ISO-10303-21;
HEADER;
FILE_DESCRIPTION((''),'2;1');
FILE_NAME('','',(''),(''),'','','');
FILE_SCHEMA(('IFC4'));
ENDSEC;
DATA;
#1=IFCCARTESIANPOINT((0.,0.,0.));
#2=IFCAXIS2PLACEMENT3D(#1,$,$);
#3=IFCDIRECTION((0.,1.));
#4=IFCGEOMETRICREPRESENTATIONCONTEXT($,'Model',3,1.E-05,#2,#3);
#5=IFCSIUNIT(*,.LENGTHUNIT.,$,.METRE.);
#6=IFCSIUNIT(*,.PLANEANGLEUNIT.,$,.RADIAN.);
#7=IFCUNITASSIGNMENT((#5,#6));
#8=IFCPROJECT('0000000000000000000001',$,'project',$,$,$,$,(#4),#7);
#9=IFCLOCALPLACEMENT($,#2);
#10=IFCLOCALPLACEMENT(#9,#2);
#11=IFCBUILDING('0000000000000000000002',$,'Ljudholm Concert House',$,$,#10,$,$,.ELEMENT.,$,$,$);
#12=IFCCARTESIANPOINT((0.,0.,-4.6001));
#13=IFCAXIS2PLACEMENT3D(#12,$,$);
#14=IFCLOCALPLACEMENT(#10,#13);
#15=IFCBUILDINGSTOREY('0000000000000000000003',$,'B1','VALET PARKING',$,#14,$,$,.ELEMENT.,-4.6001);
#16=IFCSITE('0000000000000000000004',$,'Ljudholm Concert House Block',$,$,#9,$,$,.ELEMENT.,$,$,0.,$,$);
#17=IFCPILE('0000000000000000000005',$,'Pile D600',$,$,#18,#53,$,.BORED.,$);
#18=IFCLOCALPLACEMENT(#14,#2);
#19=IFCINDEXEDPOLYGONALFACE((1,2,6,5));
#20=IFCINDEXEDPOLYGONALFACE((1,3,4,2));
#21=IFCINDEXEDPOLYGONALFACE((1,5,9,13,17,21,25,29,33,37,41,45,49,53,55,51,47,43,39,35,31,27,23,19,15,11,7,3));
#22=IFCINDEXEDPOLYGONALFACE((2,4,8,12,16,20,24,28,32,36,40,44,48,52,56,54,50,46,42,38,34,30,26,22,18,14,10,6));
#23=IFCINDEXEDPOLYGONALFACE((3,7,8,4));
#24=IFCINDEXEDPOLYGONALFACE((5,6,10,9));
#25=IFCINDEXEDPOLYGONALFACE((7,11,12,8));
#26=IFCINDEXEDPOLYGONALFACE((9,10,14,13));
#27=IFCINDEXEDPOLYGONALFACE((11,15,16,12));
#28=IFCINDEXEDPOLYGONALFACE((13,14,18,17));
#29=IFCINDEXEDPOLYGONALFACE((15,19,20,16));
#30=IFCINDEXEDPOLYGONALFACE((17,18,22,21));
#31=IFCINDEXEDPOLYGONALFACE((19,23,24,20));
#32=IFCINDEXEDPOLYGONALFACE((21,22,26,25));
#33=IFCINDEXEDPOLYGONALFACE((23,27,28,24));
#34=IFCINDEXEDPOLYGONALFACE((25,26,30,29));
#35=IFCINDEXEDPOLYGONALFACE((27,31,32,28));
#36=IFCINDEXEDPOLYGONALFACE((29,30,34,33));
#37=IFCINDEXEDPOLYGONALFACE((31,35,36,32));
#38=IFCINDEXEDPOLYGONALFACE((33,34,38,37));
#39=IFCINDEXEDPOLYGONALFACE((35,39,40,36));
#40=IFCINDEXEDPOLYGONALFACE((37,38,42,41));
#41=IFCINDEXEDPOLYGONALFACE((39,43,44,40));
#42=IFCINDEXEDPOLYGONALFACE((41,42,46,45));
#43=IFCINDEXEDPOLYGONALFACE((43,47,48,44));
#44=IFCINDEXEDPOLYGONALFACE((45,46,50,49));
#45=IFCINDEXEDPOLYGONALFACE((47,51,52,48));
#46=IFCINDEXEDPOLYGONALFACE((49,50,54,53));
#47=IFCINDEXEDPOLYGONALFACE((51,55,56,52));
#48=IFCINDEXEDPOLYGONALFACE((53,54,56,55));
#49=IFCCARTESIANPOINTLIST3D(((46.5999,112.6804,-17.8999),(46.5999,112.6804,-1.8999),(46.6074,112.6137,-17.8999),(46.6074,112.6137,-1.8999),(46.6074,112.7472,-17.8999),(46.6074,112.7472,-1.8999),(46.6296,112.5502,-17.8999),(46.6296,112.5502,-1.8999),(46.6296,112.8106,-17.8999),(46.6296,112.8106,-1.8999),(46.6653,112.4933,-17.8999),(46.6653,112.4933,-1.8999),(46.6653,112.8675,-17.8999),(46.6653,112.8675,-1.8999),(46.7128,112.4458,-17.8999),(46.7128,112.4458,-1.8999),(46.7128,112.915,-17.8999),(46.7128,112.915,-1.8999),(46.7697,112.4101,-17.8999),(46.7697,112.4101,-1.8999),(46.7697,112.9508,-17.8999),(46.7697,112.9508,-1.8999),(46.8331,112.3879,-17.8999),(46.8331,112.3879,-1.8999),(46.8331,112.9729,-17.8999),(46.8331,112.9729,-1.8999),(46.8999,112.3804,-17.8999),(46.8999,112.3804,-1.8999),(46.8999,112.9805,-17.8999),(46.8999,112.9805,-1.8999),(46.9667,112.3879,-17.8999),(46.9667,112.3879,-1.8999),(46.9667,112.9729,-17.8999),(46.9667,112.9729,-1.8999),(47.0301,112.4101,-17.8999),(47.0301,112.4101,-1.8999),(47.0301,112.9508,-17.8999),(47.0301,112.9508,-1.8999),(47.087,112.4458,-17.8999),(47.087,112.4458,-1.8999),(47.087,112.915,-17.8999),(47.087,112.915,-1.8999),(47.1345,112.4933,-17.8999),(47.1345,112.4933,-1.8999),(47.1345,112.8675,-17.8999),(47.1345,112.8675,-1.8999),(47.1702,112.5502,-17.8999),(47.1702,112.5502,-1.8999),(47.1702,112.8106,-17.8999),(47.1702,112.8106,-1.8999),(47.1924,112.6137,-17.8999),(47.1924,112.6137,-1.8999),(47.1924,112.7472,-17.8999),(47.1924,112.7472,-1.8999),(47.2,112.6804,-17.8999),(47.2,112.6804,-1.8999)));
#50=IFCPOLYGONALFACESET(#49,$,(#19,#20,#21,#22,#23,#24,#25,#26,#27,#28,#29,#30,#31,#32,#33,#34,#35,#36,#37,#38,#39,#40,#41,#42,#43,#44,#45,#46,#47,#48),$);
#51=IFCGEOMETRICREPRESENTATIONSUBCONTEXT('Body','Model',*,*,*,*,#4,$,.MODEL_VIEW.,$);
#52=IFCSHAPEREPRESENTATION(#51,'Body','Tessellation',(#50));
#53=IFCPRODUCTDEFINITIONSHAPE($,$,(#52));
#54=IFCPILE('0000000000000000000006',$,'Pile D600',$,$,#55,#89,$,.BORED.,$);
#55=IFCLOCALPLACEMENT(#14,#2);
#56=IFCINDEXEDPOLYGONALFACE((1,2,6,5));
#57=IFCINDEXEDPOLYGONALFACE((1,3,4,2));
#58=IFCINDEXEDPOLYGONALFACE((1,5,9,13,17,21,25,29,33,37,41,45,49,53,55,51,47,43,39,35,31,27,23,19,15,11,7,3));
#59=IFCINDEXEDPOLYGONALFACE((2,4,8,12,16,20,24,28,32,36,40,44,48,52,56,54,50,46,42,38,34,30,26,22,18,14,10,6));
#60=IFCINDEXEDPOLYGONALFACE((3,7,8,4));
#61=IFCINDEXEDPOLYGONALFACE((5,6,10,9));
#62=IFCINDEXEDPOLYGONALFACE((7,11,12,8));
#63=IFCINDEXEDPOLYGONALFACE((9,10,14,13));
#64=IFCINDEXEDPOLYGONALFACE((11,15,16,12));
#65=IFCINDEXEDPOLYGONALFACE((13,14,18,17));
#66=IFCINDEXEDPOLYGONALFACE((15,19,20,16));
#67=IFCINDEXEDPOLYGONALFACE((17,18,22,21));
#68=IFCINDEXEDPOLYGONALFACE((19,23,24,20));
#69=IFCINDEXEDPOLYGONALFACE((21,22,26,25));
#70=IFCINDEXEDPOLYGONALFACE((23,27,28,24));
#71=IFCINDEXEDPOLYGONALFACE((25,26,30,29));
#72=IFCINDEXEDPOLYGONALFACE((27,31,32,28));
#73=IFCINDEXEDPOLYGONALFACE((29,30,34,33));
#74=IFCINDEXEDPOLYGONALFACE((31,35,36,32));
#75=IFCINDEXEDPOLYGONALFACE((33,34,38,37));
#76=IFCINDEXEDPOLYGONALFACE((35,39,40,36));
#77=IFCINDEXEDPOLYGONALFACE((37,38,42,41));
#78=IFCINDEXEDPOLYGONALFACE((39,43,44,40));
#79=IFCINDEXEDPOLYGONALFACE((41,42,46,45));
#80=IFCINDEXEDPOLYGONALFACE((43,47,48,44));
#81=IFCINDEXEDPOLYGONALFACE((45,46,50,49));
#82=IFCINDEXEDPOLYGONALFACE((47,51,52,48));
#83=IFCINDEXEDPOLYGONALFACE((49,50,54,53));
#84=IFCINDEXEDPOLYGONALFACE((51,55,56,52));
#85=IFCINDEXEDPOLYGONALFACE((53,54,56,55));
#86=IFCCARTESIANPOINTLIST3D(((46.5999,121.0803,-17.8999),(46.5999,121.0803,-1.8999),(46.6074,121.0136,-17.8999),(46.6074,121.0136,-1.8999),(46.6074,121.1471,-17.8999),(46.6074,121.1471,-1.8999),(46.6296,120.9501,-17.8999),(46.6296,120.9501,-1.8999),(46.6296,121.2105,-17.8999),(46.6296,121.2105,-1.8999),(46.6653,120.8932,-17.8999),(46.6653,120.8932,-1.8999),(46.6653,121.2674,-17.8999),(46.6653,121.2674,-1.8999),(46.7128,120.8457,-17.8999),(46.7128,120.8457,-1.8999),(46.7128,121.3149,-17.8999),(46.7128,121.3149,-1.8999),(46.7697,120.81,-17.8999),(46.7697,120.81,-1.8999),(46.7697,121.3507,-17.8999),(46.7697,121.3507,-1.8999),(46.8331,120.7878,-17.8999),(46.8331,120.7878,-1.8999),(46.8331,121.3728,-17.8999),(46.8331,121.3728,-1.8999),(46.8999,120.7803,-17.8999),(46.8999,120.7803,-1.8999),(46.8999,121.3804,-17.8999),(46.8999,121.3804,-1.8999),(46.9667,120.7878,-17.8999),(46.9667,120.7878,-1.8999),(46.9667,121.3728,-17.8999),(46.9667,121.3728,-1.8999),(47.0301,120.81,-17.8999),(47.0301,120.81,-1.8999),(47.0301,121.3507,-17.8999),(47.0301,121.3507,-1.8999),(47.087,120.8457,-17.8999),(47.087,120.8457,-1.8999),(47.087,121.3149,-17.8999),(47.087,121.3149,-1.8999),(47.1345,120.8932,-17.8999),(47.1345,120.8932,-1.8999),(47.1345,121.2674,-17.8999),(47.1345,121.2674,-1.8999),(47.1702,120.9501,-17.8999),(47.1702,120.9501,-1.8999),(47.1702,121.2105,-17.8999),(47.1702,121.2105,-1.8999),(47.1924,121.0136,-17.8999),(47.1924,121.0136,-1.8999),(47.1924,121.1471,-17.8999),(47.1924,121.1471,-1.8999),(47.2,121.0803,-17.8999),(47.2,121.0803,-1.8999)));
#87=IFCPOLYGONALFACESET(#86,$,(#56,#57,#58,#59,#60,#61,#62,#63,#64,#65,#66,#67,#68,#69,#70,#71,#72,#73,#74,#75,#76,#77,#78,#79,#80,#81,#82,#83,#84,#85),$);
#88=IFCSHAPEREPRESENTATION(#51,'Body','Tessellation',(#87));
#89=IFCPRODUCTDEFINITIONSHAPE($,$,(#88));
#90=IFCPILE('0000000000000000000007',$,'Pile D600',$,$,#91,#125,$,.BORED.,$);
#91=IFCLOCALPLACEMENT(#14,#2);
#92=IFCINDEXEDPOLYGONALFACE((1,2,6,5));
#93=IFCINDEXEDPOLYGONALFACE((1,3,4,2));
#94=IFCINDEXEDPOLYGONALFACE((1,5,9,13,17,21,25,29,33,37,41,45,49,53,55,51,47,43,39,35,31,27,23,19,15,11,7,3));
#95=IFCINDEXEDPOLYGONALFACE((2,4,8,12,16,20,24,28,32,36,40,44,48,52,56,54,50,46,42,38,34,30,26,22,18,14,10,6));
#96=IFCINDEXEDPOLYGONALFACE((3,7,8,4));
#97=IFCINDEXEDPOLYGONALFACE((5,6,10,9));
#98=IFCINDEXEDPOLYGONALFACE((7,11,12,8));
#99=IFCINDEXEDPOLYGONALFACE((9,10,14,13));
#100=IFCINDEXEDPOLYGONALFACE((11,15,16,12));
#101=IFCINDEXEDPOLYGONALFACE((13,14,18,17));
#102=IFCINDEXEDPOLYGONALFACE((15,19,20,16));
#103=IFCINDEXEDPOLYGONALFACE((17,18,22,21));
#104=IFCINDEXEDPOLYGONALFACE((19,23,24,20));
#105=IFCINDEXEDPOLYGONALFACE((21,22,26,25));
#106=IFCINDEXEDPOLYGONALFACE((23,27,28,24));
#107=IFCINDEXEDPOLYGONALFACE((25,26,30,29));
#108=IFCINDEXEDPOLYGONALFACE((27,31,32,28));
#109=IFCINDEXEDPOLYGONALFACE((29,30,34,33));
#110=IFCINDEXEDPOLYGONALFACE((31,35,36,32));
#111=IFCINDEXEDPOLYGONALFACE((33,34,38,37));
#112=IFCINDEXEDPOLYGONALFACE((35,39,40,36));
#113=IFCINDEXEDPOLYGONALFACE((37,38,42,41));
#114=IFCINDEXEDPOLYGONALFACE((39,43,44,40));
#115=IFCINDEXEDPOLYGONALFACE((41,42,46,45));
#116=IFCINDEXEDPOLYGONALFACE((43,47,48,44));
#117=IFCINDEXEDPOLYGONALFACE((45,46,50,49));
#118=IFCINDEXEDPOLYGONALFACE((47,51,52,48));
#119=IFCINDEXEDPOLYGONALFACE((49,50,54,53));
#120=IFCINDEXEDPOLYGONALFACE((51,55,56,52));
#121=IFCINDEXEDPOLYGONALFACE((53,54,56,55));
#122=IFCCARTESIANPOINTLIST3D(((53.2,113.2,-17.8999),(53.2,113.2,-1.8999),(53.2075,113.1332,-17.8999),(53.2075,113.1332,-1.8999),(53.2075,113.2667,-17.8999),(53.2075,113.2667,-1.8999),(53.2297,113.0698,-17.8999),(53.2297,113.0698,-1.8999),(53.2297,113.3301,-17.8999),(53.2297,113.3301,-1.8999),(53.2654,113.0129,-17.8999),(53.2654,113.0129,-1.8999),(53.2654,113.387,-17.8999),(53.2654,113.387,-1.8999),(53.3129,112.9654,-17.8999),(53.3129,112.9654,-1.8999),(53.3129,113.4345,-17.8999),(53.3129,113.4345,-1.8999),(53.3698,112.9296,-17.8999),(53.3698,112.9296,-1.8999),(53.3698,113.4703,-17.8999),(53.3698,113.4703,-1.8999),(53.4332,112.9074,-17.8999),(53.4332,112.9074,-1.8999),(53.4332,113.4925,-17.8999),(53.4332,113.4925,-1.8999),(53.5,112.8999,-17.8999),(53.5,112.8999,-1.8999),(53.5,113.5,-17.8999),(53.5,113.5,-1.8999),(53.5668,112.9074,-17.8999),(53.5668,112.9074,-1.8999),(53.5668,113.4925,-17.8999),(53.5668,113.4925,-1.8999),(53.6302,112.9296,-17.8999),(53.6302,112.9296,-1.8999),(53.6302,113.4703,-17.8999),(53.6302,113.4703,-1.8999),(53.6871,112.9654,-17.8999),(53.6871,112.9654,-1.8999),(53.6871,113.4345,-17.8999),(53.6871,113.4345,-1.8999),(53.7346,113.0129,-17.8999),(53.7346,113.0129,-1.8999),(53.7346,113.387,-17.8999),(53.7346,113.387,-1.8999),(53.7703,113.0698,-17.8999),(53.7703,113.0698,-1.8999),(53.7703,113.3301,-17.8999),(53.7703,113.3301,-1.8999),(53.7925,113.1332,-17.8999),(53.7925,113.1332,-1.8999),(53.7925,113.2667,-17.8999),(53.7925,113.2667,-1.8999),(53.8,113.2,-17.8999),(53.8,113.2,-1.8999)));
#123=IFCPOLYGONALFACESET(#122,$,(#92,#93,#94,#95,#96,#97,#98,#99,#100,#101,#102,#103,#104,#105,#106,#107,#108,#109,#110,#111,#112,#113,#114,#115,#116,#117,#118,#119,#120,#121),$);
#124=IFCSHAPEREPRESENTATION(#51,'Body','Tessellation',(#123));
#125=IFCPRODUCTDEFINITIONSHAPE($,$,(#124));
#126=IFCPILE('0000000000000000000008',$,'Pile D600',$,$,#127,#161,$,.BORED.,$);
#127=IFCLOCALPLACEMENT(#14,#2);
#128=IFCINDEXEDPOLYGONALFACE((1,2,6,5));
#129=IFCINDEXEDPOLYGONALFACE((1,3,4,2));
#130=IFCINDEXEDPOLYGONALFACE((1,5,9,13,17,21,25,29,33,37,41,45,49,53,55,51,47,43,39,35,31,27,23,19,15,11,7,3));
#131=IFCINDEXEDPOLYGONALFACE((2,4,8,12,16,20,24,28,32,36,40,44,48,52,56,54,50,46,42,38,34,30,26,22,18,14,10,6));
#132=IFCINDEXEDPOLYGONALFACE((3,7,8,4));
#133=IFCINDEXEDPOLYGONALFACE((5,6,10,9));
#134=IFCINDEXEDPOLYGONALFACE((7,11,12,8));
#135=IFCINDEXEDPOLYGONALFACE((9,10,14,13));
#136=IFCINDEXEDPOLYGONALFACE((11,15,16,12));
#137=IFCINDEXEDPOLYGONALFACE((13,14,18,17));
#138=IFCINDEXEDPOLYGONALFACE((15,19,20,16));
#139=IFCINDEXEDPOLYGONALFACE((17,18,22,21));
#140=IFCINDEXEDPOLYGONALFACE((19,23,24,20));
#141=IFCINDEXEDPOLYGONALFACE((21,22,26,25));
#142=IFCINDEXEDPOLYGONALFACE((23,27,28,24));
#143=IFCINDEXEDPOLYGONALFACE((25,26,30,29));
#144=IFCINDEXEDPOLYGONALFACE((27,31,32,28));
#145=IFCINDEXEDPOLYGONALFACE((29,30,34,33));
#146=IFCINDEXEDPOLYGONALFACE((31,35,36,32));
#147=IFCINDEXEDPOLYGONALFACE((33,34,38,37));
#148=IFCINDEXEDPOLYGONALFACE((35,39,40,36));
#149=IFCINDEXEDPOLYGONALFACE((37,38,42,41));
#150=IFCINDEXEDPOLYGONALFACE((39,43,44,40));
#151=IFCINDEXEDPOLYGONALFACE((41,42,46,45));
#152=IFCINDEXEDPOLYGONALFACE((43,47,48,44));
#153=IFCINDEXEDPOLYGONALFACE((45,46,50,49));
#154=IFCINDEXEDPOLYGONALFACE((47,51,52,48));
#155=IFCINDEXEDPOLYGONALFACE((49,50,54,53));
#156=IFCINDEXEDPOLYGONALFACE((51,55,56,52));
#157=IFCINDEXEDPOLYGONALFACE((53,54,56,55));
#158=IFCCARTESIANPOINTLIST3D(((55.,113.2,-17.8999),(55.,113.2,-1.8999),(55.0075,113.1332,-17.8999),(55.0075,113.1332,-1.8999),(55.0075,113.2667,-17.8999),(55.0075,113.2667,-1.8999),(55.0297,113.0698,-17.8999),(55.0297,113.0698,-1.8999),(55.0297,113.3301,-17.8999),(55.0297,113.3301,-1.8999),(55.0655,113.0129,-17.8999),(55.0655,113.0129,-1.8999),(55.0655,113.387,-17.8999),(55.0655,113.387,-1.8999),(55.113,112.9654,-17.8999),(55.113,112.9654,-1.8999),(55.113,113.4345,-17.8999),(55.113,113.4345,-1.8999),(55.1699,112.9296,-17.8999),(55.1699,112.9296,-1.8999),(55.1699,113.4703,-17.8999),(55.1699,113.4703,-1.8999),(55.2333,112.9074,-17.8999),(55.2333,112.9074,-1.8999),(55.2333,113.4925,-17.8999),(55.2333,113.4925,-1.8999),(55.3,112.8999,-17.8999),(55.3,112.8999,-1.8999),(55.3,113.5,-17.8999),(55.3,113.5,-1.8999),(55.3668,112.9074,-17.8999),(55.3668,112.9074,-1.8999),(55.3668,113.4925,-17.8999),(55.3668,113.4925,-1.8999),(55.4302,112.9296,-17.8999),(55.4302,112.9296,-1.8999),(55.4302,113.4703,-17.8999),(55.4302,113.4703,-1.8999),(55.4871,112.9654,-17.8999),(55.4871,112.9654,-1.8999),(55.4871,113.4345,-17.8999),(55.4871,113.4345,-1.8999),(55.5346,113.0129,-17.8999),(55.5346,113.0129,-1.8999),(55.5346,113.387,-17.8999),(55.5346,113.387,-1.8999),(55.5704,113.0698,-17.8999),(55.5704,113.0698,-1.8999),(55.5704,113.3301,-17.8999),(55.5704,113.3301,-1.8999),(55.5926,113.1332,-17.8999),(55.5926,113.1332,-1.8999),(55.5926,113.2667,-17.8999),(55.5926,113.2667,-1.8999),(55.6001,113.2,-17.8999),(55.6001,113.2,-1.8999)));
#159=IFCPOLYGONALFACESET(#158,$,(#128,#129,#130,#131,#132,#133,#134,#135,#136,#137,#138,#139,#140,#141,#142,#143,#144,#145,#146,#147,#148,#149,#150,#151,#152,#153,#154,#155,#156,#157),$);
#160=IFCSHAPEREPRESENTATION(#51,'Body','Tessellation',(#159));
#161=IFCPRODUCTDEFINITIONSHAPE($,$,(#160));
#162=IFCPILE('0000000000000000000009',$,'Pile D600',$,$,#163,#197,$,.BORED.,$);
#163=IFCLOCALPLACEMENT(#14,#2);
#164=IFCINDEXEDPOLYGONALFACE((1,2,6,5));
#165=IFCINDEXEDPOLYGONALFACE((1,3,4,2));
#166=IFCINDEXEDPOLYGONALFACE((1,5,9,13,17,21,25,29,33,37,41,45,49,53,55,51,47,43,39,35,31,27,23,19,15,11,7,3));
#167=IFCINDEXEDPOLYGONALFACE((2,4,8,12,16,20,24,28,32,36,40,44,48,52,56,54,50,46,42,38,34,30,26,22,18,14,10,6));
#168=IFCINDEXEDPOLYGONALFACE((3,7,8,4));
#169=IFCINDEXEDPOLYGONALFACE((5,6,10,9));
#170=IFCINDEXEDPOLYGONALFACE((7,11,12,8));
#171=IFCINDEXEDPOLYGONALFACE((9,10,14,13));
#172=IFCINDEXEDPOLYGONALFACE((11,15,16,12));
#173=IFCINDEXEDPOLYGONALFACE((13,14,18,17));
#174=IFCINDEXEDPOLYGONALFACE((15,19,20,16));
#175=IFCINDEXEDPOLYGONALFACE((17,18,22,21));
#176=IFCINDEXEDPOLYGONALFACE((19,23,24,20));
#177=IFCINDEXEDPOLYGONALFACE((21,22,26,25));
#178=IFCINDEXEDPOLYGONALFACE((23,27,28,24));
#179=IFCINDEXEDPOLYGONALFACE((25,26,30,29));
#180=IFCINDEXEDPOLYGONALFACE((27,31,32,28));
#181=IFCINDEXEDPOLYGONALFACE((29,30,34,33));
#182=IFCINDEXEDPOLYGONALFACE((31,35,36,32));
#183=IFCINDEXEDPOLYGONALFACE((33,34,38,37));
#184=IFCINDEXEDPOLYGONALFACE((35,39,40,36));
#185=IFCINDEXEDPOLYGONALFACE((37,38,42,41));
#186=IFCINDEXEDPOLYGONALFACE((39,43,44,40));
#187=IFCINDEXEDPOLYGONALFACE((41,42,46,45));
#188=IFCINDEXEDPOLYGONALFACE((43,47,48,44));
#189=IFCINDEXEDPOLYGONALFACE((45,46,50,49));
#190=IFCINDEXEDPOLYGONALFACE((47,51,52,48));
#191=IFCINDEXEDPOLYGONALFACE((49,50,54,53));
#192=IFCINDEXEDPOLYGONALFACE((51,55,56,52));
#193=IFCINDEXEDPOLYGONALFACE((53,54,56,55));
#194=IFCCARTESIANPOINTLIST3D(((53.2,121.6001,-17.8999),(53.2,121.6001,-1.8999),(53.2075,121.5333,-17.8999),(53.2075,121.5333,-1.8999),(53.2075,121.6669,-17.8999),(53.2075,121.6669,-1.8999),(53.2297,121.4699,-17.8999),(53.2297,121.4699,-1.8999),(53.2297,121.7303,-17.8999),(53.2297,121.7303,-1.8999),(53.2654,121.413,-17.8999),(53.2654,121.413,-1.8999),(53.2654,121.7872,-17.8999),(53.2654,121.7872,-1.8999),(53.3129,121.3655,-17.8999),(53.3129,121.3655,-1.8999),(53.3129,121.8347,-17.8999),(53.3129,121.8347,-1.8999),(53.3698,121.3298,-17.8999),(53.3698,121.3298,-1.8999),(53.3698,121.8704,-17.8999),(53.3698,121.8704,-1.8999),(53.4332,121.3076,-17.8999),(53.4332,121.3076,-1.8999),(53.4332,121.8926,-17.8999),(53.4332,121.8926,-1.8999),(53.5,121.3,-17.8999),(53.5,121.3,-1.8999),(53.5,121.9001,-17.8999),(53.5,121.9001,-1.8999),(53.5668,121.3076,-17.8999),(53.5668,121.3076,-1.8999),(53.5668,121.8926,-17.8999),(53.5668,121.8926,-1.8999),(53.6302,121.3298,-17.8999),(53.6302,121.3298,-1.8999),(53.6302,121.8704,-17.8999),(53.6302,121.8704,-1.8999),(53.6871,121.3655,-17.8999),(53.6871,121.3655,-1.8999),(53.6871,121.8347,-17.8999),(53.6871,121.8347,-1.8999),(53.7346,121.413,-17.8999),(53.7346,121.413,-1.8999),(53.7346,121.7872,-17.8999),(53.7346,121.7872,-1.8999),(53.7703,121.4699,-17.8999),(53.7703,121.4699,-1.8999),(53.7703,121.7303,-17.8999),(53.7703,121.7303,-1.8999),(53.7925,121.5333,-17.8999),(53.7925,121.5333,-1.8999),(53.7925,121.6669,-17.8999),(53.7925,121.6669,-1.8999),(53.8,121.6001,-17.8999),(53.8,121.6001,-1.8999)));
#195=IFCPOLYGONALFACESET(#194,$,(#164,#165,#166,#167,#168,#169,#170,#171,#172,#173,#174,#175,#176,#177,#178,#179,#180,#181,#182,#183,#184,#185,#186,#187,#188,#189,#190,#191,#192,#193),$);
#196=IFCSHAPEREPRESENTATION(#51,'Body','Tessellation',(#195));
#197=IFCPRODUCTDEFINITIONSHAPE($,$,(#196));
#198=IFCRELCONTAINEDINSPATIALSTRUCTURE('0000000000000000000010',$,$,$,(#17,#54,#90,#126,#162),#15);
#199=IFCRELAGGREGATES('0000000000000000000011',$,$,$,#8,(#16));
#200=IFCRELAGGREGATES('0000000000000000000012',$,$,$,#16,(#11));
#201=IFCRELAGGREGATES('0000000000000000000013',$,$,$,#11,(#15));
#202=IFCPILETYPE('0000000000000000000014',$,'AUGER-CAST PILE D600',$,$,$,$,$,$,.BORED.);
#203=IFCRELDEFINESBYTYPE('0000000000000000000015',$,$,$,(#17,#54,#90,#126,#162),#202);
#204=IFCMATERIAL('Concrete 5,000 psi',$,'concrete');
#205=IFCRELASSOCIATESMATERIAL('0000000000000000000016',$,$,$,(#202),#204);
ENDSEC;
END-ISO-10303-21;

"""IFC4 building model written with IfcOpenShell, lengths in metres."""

from ifc_helpers import new_model, si_unit, direction, frame, origin, origin_2d, place, context, subcontext, project, spatial, circle, extrude, material, material_profile, profile_set, type_object, element, save


model = new_model("IFC4")

# Units and contexts
model_context = context("Model", 3, precision=1e-05, world=origin(), true_north=direction((0.0, 1.0)))
body_context = subcontext(model_context, "Body", "Model", "MODEL_VIEW")
ifc_project = project(units=[si_unit("LENGTHUNIT", "METRE"), si_unit("PLANEANGLEUNIT", "RADIAN")], contexts=[model_context])

# Site, building, storey
site_placement = place(None, origin())
site = spatial("IfcSite", under=ifc_project, at=site_placement, Name="Ljudholm Concert House Block", CompositionType="ELEMENT", RefElevation=0.0)
building_placement = place(site_placement, origin())
building = spatial("IfcBuilding", under=site, at=building_placement, Name="Ljudholm Concert House", CompositionType="ELEMENT")
storey_placement = place(building_placement, frame((0.0, 0.0, -4.6001)))
storey = spatial("IfcBuildingStorey", under=building, at=storey_placement, Name="B1", Description="VALET PARKING", CompositionType="ELEMENT", Elevation=-4.6001)

# Piles
ifc_material_1 = material(Name="Concrete 5,000 psi", Category="concrete")
ifc_material_profile_1 = material_profile(ifc_material_1, circle(Radius=0.3, at=origin_2d()), Name="AUGER-CAST PILE D600")
ifc_profile_set_1 = profile_set([ifc_material_profile_1], Name="Concrete 5,000 psi")
pile_type = type_object("IfcPileType", Name="AUGER-CAST PILE D600", PredefinedType="BORED", material=ifc_profile_set_1)
for number, where, z_axis, x_axis, name in (
    (1, (46.8999, 112.6804, -1.8999), (0.0, 0.0, -1.0), (1.0, 0.0, 0.0), "Pile D600"),
    (2, (46.8999, 121.0803, -1.8999), (0.0, 0.0, -1.0), (1.0, 0.0, 0.0), "Pile D600"),
    (3, (53.5, 113.2, -1.8999), (0.0, 0.0, -1.0), (1.0, 0.0, 0.0), "Pile D600"),
    (4, (55.3, 113.2, -1.8999), (0.0, 0.0, -1.0), (1.0, 0.0, 0.0), "Pile D600"),
    (5, (53.5, 121.6001, -1.8999), (0.0, 0.0, -1.0), (1.0, 0.0, 0.0), "Pile D600"),
):
    element("IfcPile", number, at=place(storey_placement, frame(where, z_axis=z_axis, x_axis=x_axis)), inside=storey, type_object=pile_type, Name=name, PredefinedType="BORED", context=body_context, shape_type="SweptSolid", body=[
        extrude(circle(Radius=0.3, at=origin_2d()), origin(), (0.0, 0.0, 1.0), 16.0),
    ])

save(model, "model.ifc")
